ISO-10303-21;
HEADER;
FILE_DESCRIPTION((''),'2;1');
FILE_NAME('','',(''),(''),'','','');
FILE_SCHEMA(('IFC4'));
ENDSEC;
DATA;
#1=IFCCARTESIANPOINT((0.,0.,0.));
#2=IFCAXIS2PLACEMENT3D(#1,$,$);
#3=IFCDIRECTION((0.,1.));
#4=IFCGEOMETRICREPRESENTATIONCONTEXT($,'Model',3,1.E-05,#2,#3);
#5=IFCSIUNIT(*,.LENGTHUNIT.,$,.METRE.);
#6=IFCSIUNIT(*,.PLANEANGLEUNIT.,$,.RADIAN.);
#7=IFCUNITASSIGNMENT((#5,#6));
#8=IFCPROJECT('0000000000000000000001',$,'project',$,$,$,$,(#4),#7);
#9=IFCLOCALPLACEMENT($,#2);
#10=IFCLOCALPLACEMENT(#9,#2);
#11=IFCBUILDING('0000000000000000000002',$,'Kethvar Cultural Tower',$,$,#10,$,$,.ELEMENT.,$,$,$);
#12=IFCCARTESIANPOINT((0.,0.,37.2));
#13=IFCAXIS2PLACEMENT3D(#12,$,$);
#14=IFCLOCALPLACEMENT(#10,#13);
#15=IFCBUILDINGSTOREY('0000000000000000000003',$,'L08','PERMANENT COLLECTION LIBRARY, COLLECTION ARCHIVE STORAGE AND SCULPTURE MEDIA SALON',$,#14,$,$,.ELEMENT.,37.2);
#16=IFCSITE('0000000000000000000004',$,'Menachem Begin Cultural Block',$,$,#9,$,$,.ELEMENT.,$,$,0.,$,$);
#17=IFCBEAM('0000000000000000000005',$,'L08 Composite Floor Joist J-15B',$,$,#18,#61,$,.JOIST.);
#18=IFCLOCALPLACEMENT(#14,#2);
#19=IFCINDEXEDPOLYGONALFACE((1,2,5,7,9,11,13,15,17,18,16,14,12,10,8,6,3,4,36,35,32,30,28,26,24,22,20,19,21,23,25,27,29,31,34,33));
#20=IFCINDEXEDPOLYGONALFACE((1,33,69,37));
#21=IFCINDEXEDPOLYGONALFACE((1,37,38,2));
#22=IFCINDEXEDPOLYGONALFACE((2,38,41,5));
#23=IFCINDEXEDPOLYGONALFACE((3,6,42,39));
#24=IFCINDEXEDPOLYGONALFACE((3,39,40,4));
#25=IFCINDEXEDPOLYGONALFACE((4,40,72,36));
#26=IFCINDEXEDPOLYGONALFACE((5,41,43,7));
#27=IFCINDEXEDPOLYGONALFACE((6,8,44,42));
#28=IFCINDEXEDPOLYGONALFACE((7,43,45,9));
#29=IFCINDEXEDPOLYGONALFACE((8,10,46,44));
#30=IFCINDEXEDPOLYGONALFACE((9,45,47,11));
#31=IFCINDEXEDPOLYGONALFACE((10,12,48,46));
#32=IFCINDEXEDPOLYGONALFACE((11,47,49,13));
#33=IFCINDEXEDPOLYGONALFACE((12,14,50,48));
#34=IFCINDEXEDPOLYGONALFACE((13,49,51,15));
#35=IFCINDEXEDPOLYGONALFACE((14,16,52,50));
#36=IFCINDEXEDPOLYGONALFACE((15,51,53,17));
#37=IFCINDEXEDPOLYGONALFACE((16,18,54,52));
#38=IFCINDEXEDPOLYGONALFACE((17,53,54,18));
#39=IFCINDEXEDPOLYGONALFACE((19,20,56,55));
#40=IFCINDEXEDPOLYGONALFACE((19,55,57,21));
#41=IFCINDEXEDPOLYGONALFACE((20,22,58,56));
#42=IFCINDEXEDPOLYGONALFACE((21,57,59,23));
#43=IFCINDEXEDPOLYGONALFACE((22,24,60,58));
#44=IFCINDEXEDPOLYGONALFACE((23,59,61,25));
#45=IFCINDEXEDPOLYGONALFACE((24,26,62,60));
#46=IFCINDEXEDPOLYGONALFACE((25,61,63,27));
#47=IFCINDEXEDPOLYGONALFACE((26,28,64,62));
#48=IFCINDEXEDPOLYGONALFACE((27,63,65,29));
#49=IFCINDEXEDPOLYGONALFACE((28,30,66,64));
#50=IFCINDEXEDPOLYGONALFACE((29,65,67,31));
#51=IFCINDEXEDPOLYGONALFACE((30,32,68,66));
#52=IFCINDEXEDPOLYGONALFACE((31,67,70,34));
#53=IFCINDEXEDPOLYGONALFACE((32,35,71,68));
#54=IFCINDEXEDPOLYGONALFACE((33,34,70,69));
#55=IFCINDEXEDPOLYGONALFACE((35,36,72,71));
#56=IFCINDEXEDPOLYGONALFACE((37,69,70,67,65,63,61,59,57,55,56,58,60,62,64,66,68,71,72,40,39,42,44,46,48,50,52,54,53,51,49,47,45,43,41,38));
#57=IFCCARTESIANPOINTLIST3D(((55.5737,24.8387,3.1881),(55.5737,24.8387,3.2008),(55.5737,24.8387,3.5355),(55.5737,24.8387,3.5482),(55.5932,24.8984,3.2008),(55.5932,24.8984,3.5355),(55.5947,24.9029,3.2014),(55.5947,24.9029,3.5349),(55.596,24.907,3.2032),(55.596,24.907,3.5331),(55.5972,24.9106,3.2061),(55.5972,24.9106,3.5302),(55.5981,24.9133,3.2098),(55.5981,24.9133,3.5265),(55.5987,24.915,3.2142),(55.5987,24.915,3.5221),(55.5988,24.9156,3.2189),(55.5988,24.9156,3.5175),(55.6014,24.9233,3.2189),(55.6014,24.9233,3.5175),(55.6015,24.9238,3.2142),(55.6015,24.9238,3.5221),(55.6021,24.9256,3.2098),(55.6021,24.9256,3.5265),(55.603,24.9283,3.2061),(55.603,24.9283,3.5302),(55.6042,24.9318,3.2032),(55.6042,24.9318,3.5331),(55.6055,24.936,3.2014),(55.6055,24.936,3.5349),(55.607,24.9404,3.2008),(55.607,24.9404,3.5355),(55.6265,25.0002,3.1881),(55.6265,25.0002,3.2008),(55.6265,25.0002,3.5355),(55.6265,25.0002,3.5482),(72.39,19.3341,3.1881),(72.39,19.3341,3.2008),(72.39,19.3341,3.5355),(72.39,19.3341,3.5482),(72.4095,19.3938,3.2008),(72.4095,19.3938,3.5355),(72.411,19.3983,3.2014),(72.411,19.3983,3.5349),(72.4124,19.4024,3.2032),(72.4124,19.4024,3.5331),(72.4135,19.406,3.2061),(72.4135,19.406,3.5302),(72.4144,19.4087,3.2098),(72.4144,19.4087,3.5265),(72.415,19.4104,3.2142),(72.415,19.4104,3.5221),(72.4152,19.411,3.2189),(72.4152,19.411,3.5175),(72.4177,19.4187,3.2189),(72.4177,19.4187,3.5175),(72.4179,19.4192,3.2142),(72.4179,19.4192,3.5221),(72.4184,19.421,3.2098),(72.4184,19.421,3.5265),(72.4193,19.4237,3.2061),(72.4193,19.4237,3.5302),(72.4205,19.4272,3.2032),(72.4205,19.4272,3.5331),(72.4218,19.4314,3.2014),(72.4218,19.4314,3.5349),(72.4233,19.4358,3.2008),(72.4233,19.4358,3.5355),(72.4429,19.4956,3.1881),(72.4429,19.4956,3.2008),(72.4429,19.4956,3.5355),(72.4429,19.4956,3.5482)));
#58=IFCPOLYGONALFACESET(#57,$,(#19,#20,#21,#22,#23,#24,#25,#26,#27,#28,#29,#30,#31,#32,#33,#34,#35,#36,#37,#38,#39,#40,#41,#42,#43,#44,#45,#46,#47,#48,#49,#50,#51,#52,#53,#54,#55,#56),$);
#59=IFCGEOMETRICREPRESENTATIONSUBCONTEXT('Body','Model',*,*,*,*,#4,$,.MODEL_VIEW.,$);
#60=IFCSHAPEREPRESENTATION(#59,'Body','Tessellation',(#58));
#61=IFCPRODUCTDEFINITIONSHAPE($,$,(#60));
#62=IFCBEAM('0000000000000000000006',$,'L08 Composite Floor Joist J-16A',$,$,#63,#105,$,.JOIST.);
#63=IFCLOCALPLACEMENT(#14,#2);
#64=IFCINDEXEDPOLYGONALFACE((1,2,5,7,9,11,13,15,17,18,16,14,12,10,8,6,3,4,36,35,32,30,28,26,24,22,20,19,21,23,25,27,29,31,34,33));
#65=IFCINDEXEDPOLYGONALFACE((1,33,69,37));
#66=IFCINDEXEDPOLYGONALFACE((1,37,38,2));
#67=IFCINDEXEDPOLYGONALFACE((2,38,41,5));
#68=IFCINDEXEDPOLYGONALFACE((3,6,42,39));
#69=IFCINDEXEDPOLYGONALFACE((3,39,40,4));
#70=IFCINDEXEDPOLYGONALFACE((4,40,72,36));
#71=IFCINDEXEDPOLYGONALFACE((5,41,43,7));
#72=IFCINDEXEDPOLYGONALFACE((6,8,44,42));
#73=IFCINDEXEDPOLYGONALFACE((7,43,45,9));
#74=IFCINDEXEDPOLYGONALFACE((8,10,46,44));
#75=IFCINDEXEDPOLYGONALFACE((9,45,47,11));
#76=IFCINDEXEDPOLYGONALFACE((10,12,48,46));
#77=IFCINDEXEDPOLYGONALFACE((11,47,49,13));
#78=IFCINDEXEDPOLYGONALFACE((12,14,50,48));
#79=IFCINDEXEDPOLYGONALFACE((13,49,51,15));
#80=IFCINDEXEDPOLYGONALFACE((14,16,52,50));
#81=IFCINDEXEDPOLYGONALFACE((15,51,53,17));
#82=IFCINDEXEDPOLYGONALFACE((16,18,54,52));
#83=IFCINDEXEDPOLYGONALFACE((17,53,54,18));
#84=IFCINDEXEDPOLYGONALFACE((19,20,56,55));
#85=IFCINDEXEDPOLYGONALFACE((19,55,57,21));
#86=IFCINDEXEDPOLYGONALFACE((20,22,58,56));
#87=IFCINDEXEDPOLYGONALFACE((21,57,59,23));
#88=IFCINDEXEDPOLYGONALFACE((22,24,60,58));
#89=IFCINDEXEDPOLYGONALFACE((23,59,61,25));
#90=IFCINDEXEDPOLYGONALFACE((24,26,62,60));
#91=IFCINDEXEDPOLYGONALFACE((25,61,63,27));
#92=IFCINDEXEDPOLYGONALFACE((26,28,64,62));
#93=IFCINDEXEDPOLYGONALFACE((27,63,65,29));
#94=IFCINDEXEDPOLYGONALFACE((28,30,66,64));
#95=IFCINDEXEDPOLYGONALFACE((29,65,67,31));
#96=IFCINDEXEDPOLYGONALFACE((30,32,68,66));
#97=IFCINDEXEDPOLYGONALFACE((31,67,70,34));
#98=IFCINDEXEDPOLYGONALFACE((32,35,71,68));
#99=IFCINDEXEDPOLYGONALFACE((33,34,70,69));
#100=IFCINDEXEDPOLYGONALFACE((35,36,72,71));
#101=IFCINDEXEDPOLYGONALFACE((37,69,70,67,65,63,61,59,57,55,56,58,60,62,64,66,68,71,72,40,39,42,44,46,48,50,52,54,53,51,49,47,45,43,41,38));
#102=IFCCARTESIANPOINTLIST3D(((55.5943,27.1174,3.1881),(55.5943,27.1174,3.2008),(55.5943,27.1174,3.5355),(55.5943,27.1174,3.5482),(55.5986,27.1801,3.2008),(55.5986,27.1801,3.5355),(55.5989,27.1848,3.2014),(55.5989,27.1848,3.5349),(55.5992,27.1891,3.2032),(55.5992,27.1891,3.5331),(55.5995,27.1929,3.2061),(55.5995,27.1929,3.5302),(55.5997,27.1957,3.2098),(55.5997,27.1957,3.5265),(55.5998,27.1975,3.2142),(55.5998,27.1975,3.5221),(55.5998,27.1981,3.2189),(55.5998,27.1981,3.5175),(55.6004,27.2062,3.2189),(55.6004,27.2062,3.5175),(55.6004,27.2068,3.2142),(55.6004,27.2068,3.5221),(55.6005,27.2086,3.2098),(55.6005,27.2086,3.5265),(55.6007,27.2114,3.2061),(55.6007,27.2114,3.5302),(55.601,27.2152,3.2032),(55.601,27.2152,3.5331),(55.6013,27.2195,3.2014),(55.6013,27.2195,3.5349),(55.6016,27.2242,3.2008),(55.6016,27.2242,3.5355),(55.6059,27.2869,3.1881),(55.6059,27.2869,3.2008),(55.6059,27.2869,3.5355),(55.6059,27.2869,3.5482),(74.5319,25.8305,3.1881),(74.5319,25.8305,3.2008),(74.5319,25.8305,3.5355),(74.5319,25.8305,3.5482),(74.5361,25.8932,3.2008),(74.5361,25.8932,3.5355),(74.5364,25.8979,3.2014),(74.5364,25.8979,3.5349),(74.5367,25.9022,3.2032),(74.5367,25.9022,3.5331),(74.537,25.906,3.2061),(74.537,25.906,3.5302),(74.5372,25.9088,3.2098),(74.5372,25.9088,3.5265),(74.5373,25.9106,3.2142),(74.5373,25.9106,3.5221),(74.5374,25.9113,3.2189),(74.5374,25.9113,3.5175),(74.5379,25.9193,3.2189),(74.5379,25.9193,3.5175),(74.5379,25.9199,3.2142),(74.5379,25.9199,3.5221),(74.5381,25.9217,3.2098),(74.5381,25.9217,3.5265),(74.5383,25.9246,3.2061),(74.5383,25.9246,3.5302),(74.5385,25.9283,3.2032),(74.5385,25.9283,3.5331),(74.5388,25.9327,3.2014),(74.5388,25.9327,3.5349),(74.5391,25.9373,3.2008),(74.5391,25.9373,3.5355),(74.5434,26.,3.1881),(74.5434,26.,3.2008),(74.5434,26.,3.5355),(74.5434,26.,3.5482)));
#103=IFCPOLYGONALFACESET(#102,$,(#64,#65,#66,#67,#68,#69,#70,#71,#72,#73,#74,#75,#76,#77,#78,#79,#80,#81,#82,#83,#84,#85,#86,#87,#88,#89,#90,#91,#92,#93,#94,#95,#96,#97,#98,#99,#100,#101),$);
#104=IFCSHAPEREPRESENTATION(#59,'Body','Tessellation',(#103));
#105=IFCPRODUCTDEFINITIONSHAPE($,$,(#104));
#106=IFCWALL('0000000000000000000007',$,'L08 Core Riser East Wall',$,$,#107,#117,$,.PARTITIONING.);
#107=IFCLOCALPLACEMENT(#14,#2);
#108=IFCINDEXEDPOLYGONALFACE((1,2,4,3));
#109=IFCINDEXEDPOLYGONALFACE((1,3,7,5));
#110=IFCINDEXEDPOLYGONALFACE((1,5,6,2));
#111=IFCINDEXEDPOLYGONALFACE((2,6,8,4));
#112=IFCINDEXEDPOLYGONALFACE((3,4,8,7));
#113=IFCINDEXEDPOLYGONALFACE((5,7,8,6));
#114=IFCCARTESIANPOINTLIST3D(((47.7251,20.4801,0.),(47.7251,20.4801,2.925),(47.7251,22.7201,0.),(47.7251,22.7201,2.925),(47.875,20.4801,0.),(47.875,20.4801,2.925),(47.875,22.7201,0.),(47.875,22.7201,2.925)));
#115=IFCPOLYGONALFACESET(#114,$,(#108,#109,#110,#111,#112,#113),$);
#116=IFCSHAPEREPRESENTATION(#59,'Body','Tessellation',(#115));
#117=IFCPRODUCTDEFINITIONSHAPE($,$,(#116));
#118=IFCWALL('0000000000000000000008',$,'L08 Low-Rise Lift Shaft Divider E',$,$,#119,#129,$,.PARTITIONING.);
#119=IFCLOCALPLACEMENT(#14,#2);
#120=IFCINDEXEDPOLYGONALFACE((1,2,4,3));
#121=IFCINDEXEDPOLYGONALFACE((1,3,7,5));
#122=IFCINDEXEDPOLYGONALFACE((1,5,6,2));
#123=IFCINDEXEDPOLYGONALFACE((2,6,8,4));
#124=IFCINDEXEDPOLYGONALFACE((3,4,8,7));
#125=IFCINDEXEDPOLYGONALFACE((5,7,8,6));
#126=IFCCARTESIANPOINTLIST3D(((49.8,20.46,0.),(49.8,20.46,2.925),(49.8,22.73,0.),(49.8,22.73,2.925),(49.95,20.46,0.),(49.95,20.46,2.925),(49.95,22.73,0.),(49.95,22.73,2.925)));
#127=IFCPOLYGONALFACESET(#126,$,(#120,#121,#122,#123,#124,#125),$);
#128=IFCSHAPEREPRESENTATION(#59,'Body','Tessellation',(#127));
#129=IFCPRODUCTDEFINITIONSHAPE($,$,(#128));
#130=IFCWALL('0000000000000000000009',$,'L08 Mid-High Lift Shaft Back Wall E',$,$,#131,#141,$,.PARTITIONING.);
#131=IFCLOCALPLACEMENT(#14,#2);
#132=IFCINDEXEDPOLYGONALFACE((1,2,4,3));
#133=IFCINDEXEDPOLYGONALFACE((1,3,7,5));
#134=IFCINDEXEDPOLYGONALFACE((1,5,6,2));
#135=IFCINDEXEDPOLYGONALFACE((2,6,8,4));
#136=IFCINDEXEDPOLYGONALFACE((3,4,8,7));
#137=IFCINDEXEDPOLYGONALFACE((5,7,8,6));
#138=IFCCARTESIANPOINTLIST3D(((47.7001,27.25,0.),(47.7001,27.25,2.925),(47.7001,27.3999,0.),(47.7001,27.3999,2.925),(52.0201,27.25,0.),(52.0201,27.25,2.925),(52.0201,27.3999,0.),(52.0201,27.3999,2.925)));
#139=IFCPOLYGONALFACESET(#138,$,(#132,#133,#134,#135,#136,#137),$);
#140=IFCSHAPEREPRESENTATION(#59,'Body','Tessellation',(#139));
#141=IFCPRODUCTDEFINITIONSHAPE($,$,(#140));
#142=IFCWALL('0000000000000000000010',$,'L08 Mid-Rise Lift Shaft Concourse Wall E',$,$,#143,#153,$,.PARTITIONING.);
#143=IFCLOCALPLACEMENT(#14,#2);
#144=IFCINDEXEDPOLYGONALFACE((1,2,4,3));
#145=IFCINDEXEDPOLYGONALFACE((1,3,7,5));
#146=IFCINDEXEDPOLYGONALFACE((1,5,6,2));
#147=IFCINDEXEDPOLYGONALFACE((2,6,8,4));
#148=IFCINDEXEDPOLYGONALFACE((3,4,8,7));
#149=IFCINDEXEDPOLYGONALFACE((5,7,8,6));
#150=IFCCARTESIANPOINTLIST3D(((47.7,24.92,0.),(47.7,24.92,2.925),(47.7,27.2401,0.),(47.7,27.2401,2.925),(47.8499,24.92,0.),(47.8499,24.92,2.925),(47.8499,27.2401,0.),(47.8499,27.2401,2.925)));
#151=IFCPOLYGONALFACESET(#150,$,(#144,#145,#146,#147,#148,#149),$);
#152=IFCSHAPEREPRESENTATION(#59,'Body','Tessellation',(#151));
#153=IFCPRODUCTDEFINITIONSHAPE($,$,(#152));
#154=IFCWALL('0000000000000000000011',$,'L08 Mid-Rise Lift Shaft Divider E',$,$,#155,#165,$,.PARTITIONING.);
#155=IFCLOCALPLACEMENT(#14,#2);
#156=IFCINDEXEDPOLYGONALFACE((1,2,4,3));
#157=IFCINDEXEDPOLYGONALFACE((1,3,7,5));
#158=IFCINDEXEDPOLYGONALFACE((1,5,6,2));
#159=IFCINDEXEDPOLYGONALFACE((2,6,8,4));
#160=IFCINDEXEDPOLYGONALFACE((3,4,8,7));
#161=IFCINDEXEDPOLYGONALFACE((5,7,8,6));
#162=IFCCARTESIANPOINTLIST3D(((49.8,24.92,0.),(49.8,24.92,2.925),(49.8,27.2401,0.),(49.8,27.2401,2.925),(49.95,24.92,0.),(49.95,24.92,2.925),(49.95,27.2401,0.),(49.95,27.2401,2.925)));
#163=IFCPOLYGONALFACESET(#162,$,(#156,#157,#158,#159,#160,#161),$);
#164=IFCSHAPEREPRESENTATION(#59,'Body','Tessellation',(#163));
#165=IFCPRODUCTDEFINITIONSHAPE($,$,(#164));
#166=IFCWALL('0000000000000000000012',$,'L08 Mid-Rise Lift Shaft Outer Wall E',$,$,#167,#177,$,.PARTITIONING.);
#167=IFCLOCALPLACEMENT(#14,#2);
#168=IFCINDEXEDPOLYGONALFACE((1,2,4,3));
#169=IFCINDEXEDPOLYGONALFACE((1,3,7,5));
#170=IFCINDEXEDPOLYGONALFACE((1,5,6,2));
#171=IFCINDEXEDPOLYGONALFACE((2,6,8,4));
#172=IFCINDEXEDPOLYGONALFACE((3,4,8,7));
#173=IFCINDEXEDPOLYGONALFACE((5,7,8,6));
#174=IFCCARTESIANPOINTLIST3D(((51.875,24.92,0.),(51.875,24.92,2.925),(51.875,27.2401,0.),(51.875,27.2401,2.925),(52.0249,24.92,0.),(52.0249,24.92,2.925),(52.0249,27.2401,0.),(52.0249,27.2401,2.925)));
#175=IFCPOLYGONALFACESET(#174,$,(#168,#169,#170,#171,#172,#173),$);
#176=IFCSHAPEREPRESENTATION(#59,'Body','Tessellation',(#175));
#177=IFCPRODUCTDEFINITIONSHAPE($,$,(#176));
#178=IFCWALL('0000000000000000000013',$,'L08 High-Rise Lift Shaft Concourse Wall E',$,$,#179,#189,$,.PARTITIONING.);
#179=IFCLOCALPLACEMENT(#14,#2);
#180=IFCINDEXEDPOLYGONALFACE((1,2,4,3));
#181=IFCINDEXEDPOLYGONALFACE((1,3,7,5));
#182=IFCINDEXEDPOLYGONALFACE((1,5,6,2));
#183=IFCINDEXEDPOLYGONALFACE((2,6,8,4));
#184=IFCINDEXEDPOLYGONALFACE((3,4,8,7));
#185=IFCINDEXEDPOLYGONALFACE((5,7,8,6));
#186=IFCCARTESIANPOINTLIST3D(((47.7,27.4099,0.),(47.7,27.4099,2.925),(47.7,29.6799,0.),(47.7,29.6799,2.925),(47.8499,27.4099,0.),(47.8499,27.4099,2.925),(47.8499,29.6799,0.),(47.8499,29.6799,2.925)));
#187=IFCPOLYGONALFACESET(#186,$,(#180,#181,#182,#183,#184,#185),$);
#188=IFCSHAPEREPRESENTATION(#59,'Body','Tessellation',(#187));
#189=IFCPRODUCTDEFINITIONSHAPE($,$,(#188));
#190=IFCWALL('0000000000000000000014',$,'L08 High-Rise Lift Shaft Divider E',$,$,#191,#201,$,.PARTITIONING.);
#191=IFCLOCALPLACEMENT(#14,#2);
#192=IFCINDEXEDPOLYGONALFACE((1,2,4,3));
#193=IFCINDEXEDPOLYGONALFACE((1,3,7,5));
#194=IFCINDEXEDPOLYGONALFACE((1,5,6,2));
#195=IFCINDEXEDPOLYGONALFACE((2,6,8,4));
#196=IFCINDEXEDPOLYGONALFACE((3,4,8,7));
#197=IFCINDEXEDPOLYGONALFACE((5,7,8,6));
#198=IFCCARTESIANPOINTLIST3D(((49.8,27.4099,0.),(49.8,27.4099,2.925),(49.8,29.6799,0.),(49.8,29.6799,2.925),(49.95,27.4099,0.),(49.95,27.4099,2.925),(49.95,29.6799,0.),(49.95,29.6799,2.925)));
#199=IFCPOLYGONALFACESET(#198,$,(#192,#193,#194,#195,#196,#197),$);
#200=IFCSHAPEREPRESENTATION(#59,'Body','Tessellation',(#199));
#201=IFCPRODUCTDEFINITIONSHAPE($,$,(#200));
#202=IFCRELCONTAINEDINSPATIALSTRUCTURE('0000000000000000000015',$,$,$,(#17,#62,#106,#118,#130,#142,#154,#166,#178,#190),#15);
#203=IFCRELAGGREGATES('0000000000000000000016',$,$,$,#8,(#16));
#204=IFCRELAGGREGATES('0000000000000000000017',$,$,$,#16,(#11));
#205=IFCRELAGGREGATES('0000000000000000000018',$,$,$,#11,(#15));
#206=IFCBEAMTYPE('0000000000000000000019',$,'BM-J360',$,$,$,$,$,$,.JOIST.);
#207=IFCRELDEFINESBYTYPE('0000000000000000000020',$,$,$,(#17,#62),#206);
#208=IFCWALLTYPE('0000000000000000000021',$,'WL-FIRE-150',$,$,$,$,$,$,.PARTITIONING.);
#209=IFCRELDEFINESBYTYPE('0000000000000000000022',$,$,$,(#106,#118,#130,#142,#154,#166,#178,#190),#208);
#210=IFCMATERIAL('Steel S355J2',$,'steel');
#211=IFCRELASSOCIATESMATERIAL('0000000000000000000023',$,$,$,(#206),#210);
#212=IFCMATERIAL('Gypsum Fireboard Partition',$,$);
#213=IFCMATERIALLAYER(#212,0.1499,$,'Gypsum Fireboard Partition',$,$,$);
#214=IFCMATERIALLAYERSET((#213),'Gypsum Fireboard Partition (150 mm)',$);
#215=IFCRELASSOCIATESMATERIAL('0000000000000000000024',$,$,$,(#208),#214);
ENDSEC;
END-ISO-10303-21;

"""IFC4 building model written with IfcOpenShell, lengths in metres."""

from ifc_helpers import new_model, si_unit, direction, frame, frame_2d, origin, origin_2d, place, context, subcontext, project, spatial, rectangle, i_section, extrude, source, transform, mapped, material, layer, layer_set, material_profile, profile_set, type_object, element, save


model = new_model("IFC4")

# Units and contexts
model_context = context("Model", 3, precision=1e-05, world=origin(), true_north=direction((0.0, 1.0)))
body_context = subcontext(model_context, "Body", "Model", "MODEL_VIEW")
ifc_project = project(units=[si_unit("LENGTHUNIT", "METRE"), si_unit("PLANEANGLEUNIT", "RADIAN")], contexts=[model_context])

# Site, building, storey
site_placement = place(None, origin())
site = spatial("IfcSite", under=ifc_project, at=site_placement, Name="Menachem Begin Cultural Block", CompositionType="ELEMENT", RefElevation=0.0)
building_placement = place(site_placement, origin())
building = spatial("IfcBuilding", under=site, at=building_placement, Name="Kethvar Cultural Tower", CompositionType="ELEMENT")
storey_placement = place(building_placement, frame((0.0, 0.0, 37.2)))
storey = spatial("IfcBuildingStorey", under=building, at=storey_placement, Name="L08", Description="PERMANENT COLLECTION LIBRARY, COLLECTION ARCHIVE STORAGE AND SCULPTURE MEDIA SALON", CompositionType="ELEMENT", Elevation=37.2)

# Beams
ifc_material_1 = material(Name="Steel S355J2", Category="steel")
ifc_material_profile_1 = material_profile(ifc_material_1, i_section(OverallWidth=0.1699, OverallDepth=0.3601, WebThickness=0.0081, FlangeThickness=0.0127, FilletRadius=0.0181, at=origin_2d()), Name="Steel S355J2 — IPE360")
ifc_profile_set_1 = profile_set([ifc_material_profile_1], Name="Steel S355J2 — IPE360")
beam_type_1 = type_object("IfcBeamType", Name="BM-J360", PredefinedType="JOIST", material=ifc_profile_set_1)
shared_shape_1 = source(origin(), body_context, "Body", "SweptSolid", [
    extrude(i_section(OverallWidth=0.1699, OverallDepth=0.3601, WebThickness=0.0081, FlangeThickness=0.0127, FilletRadius=0.0181, at=origin_2d()), origin(), (0.0, 0.0, 1.0), 17.6943),
])
beam_1_placement = place(storey_placement, frame((55.6001, 24.9194, 3.3682), z_axis=(0.950379, -0.311095, 0.0), x_axis=(0.311095, 0.950379, 0.0)))
element("IfcBeam", 1, at=beam_1_placement, inside=storey, type_object=beam_type_1, Name="L08 Composite Floor Joist J-15B", PredefinedType="JOIST", context=body_context, shape_type="MappedRepresentation", body=[
    mapped(shared_shape_1, transform((0.0, 0.0, 0.0), scale=1.0)),
])
shared_shape_2 = source(origin(), body_context, "Body", "SweptSolid", [
    extrude(i_section(OverallWidth=0.1699, OverallDepth=0.3601, WebThickness=0.0081, FlangeThickness=0.0127, FilletRadius=0.0181, at=origin_2d()), origin(), (0.0, 0.0, 1.0), 18.9812),
])
beam_2_placement = place(storey_placement, frame((55.6001, 27.2021, 3.3682), z_axis=(0.997699, -0.067797, 0.0), x_axis=(0.067797, 0.997699, 0.0)))
element("IfcBeam", 2, at=beam_2_placement, inside=storey, type_object=beam_type_1, Name="L08 Composite Floor Joist J-16A", PredefinedType="JOIST", context=body_context, shape_type="MappedRepresentation", body=[
    mapped(shared_shape_2, transform((0.0, 0.0, 0.0), scale=1.0)),
])

# Walls
ifc_material_2 = material(Name="Gypsum Fireboard Partition")
ifc_layer_1 = layer(ifc_material_2, 0.1499, Name="Gypsum Fireboard Partition")
ifc_layer_set_1 = layer_set([ifc_layer_1], Name="Gypsum Fireboard Partition (150 mm)")
wall_type_1 = type_object("IfcWallType", Name="WL-FIRE-150", PredefinedType="PARTITIONING", material=ifc_layer_set_1)
wall_1_placement = place(storey_placement, frame((47.8, 20.48, 0.0), z_axis=(0.0, 0.0, 1.0), x_axis=(0.0, 1.0, 0.0)))
element("IfcWall", 3, at=wall_1_placement, inside=storey, type_object=wall_type_1, Name="L08 Core Riser East Wall", PredefinedType="PARTITIONING", context=body_context, shape_type="SweptSolid", body=[
    extrude(rectangle(XDim=2.24, YDim=0.1499, at=frame_2d((1.1201, 0.0))), origin(), (0.0, 0.0, 1.0), 2.925),
])
wall_2_placement = place(storey_placement, frame((49.875, 20.46, 0.0), z_axis=(0.0, 0.0, 1.0), x_axis=(0.0, 1.0, 0.0)))
element("IfcWall", 4, at=wall_2_placement, inside=storey, type_object=wall_type_1, Name="L08 Low-Rise Lift Shaft Divider E", PredefinedType="PARTITIONING", context=body_context, shape_type="SweptSolid", body=[
    extrude(rectangle(XDim=2.27, YDim=0.1499, at=frame_2d((1.135, 0.0))), origin(), (0.0, 0.0, 1.0), 2.925),
])
wall_3_placement = place(storey_placement, frame((47.7, 27.325, 0.0), z_axis=(0.0, 0.0, 1.0), x_axis=(1.0, 0.0, 0.0)))
element("IfcWall", 5, at=wall_3_placement, inside=storey, type_object=wall_type_1, Name="L08 Mid-High Lift Shaft Back Wall E", PredefinedType="PARTITIONING", context=body_context, shape_type="SweptSolid", body=[
    extrude(rectangle(XDim=4.3201, YDim=0.1499, at=frame_2d((2.1602, 0.0))), origin(), (0.0, 0.0, 1.0), 2.925),
])
for number, where, z_axis, x_axis, name in (
    (6, (47.7749, 24.9199, 0.0), (0.0, 0.0, 1.0), (0.0, 1.0, 0.0), "L08 Mid-Rise Lift Shaft Concourse Wall E"),
    (7, (49.875, 24.9199, 0.0), (0.0, 0.0, 1.0), (0.0, 1.0, 0.0), "L08 Mid-Rise Lift Shaft Divider E"),
    (8, (51.95, 24.9199, 0.0), (0.0, 0.0, 1.0), (0.0, 1.0, 0.0), "L08 Mid-Rise Lift Shaft Outer Wall E"),
):
    element("IfcWall", number, at=place(storey_placement, frame(where, z_axis=z_axis, x_axis=x_axis)), inside=storey, type_object=wall_type_1, Name=name, PredefinedType="PARTITIONING", context=body_context, shape_type="SweptSolid", body=[
        extrude(rectangle(XDim=2.3201, YDim=0.1499, at=frame_2d((1.1602, 0.0))), origin(), (0.0, 0.0, 1.0), 2.925),
    ])
for number, where, z_axis, x_axis, name in (
    (9, (47.7749, 27.4099, 0.0), (0.0, 0.0, 1.0), (0.0, 1.0, 0.0), "L08 High-Rise Lift Shaft Concourse Wall E"),
    (10, (49.875, 27.4099, 0.0), (0.0, 0.0, 1.0), (0.0, 1.0, 0.0), "L08 High-Rise Lift Shaft Divider E"),
):
    element("IfcWall", number, at=place(storey_placement, frame(where, z_axis=z_axis, x_axis=x_axis)), inside=storey, type_object=wall_type_1, Name=name, PredefinedType="PARTITIONING", context=body_context, shape_type="SweptSolid", body=[
        extrude(rectangle(XDim=2.27, YDim=0.1499, at=frame_2d((1.135, 0.0))), origin(), (0.0, 0.0, 1.0), 2.925),
    ])

save(model, "model.ifc")
